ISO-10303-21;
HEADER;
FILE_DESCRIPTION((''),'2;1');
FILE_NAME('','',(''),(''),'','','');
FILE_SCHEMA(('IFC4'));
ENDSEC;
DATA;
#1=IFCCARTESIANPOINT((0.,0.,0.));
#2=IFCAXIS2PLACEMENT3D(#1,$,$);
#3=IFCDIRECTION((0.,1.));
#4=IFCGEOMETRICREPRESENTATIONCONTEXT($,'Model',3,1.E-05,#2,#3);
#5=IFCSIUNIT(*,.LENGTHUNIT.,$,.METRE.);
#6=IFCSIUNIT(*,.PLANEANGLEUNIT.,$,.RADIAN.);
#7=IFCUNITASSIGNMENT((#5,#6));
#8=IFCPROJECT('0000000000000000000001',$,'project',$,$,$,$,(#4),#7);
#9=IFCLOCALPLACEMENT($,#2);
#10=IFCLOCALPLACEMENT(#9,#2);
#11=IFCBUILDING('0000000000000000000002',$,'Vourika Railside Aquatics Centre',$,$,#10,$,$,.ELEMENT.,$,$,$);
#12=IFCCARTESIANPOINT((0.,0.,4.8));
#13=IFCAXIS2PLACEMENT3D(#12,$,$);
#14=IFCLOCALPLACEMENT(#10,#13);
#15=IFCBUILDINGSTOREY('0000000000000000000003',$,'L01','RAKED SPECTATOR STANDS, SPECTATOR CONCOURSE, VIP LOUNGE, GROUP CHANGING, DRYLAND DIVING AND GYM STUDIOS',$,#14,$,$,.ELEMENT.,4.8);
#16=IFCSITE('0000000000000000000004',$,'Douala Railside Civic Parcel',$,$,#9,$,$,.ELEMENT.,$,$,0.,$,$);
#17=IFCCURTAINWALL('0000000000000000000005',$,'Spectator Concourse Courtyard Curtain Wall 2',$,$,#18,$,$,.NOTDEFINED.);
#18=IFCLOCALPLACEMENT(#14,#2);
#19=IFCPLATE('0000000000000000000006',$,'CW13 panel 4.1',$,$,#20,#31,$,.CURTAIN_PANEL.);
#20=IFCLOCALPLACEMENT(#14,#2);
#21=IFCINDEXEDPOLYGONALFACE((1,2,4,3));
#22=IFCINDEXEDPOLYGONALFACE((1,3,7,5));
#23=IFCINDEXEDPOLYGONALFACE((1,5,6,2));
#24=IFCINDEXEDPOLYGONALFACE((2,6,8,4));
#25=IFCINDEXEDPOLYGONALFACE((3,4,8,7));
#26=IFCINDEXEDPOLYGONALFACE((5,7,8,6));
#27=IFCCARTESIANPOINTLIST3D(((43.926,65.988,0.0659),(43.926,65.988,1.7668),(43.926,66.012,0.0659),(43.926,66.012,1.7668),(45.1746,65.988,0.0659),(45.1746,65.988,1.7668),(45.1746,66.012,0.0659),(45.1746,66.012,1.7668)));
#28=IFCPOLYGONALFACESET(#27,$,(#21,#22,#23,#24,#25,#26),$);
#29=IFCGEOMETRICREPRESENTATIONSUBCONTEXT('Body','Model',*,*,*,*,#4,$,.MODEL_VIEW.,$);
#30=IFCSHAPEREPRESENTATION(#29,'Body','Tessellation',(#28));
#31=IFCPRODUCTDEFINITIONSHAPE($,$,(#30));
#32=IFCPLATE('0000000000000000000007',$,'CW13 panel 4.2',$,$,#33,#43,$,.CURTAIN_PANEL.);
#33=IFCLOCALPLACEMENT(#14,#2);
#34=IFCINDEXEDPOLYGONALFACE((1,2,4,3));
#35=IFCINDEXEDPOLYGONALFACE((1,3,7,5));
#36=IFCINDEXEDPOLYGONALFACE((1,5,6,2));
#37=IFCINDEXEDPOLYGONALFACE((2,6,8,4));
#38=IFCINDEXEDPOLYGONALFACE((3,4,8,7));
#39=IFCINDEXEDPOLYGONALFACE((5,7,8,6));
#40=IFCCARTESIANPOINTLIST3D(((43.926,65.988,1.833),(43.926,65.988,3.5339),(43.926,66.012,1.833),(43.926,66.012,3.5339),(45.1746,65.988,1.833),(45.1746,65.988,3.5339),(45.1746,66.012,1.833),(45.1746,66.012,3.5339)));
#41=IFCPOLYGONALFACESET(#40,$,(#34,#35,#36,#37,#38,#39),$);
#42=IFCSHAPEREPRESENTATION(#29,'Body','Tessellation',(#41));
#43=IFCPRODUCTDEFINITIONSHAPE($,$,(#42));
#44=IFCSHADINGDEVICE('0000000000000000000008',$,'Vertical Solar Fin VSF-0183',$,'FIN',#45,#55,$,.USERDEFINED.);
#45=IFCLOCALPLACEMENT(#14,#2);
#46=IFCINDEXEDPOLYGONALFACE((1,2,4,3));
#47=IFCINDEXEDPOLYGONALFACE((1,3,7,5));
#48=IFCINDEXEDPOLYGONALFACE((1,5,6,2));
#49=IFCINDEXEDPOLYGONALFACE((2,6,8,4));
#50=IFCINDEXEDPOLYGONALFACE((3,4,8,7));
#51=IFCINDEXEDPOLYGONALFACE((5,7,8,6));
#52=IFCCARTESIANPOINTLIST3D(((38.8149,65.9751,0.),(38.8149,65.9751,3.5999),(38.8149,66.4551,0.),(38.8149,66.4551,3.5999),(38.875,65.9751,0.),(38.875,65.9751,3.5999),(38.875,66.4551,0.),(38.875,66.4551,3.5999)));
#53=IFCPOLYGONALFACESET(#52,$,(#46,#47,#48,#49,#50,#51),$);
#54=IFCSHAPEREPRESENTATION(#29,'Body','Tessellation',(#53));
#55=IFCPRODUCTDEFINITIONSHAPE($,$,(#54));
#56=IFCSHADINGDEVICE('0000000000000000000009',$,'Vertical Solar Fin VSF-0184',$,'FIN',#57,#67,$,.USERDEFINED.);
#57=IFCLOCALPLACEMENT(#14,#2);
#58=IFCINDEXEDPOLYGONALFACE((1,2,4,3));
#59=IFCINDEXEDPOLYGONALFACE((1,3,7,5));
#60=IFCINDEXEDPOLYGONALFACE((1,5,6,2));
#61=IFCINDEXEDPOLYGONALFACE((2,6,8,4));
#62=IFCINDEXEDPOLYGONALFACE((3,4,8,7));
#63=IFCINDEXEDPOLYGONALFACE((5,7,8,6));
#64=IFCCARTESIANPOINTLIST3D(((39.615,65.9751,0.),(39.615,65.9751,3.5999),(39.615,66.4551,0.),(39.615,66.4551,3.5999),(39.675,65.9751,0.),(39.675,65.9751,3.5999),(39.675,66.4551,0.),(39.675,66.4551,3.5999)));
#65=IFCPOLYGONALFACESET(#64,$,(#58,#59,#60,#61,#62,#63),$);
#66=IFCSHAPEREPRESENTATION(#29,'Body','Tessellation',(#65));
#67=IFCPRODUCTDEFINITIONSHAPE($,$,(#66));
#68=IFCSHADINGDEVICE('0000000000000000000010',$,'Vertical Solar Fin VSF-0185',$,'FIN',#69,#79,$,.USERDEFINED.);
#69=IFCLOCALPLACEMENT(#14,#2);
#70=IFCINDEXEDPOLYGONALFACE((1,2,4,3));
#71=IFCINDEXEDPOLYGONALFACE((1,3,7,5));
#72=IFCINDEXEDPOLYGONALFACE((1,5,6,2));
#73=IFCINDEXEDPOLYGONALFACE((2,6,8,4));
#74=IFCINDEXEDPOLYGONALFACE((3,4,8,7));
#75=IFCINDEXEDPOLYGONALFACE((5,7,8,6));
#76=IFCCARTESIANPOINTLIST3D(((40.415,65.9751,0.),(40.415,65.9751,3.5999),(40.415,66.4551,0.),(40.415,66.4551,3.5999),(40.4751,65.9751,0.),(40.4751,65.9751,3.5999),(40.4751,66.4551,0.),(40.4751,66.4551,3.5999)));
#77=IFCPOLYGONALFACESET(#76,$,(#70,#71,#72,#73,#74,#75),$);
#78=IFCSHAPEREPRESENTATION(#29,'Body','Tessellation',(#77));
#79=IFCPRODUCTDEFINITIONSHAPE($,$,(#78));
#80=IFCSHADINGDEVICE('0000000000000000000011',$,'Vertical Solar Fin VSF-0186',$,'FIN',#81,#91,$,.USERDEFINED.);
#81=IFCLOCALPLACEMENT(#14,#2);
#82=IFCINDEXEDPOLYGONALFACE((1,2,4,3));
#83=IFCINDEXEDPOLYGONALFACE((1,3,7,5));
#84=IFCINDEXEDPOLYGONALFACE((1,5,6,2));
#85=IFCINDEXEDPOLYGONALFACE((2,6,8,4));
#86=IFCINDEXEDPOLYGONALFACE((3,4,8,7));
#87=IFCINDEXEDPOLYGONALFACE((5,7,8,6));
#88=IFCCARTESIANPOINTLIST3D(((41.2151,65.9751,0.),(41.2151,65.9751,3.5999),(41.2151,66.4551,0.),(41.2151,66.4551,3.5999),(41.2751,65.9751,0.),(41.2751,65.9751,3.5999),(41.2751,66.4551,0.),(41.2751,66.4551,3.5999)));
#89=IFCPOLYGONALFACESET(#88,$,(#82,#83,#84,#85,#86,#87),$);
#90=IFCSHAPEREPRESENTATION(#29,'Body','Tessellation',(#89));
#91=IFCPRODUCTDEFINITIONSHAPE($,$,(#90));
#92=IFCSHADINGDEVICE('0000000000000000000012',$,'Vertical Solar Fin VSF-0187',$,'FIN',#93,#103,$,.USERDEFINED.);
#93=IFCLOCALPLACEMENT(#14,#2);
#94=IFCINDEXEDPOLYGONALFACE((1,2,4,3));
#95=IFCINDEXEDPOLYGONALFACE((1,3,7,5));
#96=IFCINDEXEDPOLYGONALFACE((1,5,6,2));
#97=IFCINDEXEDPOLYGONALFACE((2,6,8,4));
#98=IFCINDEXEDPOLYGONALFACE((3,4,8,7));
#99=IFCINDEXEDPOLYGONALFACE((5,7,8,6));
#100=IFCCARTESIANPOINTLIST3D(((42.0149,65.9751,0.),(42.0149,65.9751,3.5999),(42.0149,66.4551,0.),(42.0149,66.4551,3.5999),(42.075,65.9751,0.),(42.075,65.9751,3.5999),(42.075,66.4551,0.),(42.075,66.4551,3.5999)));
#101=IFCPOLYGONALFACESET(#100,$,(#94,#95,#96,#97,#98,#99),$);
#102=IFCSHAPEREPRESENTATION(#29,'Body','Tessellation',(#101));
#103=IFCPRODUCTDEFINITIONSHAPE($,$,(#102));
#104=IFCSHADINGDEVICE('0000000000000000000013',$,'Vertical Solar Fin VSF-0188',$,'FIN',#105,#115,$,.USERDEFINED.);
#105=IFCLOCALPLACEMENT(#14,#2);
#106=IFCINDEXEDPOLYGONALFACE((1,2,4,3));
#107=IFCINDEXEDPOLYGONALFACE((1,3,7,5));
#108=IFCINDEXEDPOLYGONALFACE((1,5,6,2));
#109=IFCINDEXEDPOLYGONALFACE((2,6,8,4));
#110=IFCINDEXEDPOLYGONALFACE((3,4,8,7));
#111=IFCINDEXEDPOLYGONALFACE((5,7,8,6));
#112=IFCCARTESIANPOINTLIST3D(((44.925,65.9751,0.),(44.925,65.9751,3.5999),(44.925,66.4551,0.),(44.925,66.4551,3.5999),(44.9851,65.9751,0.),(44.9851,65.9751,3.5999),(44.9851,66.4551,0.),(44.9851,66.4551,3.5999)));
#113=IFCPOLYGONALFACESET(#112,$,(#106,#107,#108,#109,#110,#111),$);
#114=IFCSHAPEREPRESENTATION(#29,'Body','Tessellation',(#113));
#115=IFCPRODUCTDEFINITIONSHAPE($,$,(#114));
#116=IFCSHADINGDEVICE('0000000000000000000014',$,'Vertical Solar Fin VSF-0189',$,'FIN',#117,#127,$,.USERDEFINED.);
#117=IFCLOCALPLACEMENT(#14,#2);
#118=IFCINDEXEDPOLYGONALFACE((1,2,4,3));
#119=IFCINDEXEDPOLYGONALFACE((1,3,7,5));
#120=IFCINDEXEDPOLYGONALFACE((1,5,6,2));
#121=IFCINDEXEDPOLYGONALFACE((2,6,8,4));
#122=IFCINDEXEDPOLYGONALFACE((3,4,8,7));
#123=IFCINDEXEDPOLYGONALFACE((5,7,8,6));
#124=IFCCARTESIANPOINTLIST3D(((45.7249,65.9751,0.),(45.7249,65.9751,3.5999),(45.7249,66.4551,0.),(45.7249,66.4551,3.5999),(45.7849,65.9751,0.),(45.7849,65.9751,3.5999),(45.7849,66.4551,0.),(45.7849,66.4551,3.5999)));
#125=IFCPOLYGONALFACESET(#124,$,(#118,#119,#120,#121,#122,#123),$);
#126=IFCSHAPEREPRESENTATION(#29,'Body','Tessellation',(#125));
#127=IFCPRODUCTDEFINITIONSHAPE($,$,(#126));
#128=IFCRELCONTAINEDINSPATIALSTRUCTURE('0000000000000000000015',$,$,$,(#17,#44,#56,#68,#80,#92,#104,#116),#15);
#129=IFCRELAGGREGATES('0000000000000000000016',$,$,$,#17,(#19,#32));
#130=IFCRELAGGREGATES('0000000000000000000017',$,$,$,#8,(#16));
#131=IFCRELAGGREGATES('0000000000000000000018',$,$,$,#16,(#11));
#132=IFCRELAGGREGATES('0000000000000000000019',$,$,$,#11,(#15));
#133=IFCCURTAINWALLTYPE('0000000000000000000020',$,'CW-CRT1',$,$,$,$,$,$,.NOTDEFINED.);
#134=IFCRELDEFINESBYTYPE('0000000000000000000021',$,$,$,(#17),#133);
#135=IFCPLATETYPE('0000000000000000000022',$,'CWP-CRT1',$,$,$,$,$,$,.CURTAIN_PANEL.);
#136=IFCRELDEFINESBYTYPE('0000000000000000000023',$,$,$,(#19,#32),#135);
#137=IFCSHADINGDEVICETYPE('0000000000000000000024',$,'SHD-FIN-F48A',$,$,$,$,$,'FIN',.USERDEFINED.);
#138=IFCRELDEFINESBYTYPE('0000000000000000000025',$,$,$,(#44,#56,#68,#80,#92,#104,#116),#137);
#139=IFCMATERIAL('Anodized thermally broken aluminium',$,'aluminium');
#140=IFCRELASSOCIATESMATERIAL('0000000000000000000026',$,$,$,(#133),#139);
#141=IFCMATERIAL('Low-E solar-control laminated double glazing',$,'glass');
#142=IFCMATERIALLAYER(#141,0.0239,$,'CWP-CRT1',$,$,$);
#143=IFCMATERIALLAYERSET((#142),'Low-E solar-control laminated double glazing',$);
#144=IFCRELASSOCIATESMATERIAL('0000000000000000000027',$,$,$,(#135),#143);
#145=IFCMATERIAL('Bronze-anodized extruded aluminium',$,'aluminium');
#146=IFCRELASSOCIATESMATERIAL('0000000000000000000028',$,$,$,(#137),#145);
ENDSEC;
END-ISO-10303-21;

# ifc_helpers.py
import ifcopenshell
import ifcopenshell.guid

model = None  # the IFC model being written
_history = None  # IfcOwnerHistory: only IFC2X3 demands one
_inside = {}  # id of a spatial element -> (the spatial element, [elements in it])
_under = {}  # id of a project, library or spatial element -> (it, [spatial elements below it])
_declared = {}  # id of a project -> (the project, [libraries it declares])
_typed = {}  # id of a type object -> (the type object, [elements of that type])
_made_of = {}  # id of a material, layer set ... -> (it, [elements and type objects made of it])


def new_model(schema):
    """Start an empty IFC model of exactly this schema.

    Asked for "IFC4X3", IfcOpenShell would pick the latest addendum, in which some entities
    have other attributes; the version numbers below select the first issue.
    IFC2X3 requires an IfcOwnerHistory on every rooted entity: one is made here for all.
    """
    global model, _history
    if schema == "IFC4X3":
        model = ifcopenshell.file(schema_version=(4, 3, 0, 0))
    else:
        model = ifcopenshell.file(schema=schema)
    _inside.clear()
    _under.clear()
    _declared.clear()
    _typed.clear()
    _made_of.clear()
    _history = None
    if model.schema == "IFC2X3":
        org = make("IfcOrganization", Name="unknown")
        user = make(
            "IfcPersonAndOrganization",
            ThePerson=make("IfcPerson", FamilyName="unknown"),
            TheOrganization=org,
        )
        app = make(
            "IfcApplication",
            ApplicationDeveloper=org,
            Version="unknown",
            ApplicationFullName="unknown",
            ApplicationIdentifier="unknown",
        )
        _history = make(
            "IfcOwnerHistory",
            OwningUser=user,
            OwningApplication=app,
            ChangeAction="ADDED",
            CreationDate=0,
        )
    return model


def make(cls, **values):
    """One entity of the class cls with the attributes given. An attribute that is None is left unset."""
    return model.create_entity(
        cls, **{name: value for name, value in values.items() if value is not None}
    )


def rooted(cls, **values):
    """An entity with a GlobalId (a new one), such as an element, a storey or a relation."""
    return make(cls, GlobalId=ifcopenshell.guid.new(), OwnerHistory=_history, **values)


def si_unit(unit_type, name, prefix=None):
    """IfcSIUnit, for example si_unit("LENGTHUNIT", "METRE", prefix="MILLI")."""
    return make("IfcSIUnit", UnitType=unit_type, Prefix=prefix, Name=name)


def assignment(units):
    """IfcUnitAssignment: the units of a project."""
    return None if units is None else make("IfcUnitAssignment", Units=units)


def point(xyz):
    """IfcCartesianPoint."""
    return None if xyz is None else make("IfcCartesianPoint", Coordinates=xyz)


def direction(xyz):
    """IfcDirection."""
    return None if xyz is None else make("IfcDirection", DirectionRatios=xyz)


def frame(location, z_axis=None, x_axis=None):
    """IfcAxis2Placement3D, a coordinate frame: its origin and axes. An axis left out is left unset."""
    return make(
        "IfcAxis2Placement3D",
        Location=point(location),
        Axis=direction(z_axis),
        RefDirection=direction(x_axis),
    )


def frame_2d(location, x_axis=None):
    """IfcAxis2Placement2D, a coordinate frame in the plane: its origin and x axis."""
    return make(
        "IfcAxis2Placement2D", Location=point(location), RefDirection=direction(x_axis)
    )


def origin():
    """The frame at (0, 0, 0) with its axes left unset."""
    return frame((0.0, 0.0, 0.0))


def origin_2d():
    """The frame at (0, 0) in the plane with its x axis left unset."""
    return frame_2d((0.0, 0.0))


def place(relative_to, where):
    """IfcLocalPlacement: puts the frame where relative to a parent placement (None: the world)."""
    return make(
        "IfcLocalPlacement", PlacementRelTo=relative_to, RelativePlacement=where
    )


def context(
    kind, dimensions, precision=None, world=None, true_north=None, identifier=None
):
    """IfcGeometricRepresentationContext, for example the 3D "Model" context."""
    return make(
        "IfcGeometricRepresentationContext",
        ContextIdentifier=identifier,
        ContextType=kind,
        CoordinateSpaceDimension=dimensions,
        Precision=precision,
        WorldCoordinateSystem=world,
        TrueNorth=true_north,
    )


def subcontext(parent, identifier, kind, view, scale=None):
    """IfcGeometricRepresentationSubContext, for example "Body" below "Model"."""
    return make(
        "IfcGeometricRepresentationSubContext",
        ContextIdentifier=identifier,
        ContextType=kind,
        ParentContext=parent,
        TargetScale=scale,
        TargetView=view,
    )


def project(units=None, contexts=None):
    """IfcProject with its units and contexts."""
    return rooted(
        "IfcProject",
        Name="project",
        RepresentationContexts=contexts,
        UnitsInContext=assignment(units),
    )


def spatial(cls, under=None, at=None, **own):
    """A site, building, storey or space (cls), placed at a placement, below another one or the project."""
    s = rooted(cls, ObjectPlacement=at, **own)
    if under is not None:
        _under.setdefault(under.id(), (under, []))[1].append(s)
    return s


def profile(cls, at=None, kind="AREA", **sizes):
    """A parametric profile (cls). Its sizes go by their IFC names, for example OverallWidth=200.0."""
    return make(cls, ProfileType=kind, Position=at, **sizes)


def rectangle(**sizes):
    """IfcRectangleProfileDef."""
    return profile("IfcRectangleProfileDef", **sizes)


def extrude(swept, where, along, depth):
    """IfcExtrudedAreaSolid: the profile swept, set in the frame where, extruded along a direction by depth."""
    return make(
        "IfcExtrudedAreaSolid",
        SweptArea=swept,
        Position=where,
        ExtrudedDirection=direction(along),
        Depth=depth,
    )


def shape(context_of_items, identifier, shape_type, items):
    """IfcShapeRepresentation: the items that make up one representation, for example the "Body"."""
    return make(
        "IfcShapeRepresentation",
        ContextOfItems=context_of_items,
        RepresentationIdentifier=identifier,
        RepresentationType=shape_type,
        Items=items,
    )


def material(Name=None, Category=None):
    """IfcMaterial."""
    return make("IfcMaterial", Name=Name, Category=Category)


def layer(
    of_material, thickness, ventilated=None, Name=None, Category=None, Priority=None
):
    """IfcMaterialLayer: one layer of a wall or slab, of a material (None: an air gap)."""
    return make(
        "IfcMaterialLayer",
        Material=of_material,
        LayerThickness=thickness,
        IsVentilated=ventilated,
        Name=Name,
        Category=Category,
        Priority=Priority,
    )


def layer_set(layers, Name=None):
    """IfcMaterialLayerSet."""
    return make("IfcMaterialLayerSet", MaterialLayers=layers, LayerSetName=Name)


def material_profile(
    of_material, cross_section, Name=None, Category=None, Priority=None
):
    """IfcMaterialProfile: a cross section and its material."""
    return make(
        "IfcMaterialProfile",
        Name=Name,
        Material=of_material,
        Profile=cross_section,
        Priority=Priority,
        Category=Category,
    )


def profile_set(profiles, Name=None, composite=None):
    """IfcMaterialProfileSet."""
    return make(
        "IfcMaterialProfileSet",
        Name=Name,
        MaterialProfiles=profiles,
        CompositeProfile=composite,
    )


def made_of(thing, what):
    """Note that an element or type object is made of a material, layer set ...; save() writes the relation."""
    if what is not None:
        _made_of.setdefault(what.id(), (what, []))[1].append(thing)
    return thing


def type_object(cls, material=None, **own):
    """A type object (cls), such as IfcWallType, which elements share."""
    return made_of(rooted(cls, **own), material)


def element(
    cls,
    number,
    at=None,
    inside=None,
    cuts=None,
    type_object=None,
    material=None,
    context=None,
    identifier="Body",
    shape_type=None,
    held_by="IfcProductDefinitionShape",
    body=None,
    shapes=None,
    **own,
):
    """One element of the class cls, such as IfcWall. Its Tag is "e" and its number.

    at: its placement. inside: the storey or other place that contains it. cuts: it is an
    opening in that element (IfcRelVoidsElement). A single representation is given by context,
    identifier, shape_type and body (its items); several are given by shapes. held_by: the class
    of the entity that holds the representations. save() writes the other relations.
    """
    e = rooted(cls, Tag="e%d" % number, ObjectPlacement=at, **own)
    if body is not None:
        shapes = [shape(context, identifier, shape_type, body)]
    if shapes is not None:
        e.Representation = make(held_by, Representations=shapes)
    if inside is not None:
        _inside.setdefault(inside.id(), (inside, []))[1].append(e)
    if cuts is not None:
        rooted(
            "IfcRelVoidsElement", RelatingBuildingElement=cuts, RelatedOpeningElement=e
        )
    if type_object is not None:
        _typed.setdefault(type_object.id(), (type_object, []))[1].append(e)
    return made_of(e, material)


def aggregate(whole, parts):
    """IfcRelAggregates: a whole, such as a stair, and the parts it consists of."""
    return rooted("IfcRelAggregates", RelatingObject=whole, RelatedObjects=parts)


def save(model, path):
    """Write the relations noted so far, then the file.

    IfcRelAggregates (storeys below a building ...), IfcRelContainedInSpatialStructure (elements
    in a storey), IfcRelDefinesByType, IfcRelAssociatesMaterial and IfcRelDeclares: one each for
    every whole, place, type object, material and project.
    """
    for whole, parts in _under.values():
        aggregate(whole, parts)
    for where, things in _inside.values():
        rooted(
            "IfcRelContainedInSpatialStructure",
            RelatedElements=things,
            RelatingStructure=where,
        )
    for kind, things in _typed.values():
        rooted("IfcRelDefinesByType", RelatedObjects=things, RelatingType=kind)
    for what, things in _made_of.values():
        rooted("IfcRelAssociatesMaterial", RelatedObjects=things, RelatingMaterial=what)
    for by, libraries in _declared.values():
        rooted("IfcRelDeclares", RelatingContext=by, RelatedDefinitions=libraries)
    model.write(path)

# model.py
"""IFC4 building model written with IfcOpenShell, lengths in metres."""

from ifc_helpers import new_model, si_unit, direction, frame, origin, origin_2d, place, context, subcontext, project, spatial, rectangle, extrude, material, layer, layer_set, material_profile, profile_set, type_object, element, aggregate, save


model = new_model("IFC4")

# Units and contexts
model_context = context("Model", 3, precision=1e-05, world=origin(), true_north=direction((0.0, 1.0)))
body_context = subcontext(model_context, "Body", "Model", "MODEL_VIEW")
ifc_project = project(units=[si_unit("LENGTHUNIT", "METRE"), si_unit("PLANEANGLEUNIT", "RADIAN")], contexts=[model_context])

# Site, building, storey
site_placement = place(None, origin())
site = spatial("IfcSite", under=ifc_project, at=site_placement, Name="Douala Railside Civic Parcel", CompositionType="ELEMENT", RefElevation=0.0)
building_placement = place(site_placement, origin())
building = spatial("IfcBuilding", under=site, at=building_placement, Name="Vourika Railside Aquatics Centre", CompositionType="ELEMENT")
storey_placement = place(building_placement, frame((0.0, 0.0, 4.8)))
storey = spatial("IfcBuildingStorey", under=building, at=storey_placement, Name="L01", Description="RAKED SPECTATOR STANDS, SPECTATOR CONCOURSE, VIP LOUNGE, GROUP CHANGING, DRYLAND DIVING AND GYM STUDIOS", CompositionType="ELEMENT", Elevation=4.8)

# Curtain wall
ifc_material_1 = material(Name="Anodized thermally broken aluminium", Category="aluminium")
curtain_wall_type = type_object("IfcCurtainWallType", Name="CW-CRT1", PredefinedType="NOTDEFINED", material=ifc_material_1)
curtain_wall_1_placement = place(storey_placement, origin())
curtain_wall_1 = element("IfcCurtainWall", 1, at=curtain_wall_1_placement, inside=storey, type_object=curtain_wall_type, Name="Spectator Concourse Courtyard Curtain Wall 2", PredefinedType="NOTDEFINED")

# Plates
ifc_material_2 = material(Name="Low-E solar-control laminated double glazing", Category="glass")
ifc_layer = layer(ifc_material_2, 0.0239, Name="CWP-CRT1")
ifc_layer_set = layer_set([ifc_layer], Name="Low-E solar-control laminated double glazing")
plate_type = type_object("IfcPlateType", Name="CWP-CRT1", PredefinedType="CURTAIN_PANEL", material=ifc_layer_set)
plate_1_placement = place(storey_placement, frame((44.5503, 66.0, 0.0659), z_axis=(0.0, 0.0, 1.0), x_axis=(-1.0, 0.0, 0.0)))
plate_1 = element("IfcPlate", 2, at=plate_1_placement, type_object=plate_type, Name="CW13 panel 4.1", PredefinedType="CURTAIN_PANEL", context=body_context, shape_type="SweptSolid", body=[
    extrude(rectangle(XDim=1.2485, YDim=0.0239, at=origin_2d()), origin(), (0.0, 0.0, 1.0), 1.7009),
])
plate_2_placement = place(storey_placement, frame((44.5503, 66.0, 1.833), z_axis=(0.0, 0.0, 1.0), x_axis=(-1.0, 0.0, 0.0)))
plate_2 = element("IfcPlate", 3, at=plate_2_placement, type_object=plate_type, Name="CW13 panel 4.2", PredefinedType="CURTAIN_PANEL", context=body_context, shape_type="SweptSolid", body=[
    extrude(rectangle(XDim=1.2485, YDim=0.0239, at=origin_2d()), origin(), (0.0, 0.0, 1.0), 1.7009),
])
aggregate(curtain_wall_1, [plate_1, plate_2])

# Shading devices
ifc_material_3 = material(Name="Bronze-anodized extruded aluminium", Category="aluminium")
ifc_material_profile_1 = material_profile(ifc_material_3, rectangle(XDim=0.0601, YDim=0.48, at=origin_2d()), Name="ALU-FIN 60x480")
ifc_profile_set_1 = profile_set([ifc_material_profile_1], Name="Bronze-anodized extruded aluminium")
shading_device_type = type_object("IfcShadingDeviceType", Name="SHD-FIN-F48A", ElementType="FIN", PredefinedType="USERDEFINED", material=ifc_profile_set_1)
for number, where, z_axis, x_axis, name in (
    (4, (38.845, 66.2151, 0.0), (0.0, 0.0, 1.0), (1.0, 0.0, 0.0), "Vertical Solar Fin VSF-0183"),
    (5, (39.645, 66.2151, 0.0), (0.0, 0.0, 1.0), (1.0, 0.0, 0.0), "Vertical Solar Fin VSF-0184"),
    (6, (40.4451, 66.2151, 0.0), (0.0, 0.0, 1.0), (1.0, 0.0, 0.0), "Vertical Solar Fin VSF-0185"),
    (7, (41.2451, 66.2151, 0.0), (0.0, 0.0, 1.0), (1.0, 0.0, 0.0), "Vertical Solar Fin VSF-0186"),
    (8, (42.0449, 66.2151, 0.0), (0.0, 0.0, 1.0), (1.0, 0.0, 0.0), "Vertical Solar Fin VSF-0187"),
    (9, (44.9551, 66.2151, 0.0), (0.0, 0.0, 1.0), (1.0, 0.0, 0.0), "Vertical Solar Fin VSF-0188"),
    (10, (45.7549, 66.2151, 0.0), (0.0, 0.0, 1.0), (1.0, 0.0, 0.0), "Vertical Solar Fin VSF-0189"),
):
    element("IfcShadingDevice", number, at=place(storey_placement, frame(where, z_axis=z_axis, x_axis=x_axis)), inside=storey, type_object=shading_device_type, Name=name, ObjectType="FIN", PredefinedType="USERDEFINED", context=body_context, shape_type="SweptSolid", body=[
        extrude(rectangle(XDim=0.0601, YDim=0.48, at=origin_2d()), origin(), (0.0, 0.0, 1.0), 3.5999),
    ])

save(model, "model.ifc")
